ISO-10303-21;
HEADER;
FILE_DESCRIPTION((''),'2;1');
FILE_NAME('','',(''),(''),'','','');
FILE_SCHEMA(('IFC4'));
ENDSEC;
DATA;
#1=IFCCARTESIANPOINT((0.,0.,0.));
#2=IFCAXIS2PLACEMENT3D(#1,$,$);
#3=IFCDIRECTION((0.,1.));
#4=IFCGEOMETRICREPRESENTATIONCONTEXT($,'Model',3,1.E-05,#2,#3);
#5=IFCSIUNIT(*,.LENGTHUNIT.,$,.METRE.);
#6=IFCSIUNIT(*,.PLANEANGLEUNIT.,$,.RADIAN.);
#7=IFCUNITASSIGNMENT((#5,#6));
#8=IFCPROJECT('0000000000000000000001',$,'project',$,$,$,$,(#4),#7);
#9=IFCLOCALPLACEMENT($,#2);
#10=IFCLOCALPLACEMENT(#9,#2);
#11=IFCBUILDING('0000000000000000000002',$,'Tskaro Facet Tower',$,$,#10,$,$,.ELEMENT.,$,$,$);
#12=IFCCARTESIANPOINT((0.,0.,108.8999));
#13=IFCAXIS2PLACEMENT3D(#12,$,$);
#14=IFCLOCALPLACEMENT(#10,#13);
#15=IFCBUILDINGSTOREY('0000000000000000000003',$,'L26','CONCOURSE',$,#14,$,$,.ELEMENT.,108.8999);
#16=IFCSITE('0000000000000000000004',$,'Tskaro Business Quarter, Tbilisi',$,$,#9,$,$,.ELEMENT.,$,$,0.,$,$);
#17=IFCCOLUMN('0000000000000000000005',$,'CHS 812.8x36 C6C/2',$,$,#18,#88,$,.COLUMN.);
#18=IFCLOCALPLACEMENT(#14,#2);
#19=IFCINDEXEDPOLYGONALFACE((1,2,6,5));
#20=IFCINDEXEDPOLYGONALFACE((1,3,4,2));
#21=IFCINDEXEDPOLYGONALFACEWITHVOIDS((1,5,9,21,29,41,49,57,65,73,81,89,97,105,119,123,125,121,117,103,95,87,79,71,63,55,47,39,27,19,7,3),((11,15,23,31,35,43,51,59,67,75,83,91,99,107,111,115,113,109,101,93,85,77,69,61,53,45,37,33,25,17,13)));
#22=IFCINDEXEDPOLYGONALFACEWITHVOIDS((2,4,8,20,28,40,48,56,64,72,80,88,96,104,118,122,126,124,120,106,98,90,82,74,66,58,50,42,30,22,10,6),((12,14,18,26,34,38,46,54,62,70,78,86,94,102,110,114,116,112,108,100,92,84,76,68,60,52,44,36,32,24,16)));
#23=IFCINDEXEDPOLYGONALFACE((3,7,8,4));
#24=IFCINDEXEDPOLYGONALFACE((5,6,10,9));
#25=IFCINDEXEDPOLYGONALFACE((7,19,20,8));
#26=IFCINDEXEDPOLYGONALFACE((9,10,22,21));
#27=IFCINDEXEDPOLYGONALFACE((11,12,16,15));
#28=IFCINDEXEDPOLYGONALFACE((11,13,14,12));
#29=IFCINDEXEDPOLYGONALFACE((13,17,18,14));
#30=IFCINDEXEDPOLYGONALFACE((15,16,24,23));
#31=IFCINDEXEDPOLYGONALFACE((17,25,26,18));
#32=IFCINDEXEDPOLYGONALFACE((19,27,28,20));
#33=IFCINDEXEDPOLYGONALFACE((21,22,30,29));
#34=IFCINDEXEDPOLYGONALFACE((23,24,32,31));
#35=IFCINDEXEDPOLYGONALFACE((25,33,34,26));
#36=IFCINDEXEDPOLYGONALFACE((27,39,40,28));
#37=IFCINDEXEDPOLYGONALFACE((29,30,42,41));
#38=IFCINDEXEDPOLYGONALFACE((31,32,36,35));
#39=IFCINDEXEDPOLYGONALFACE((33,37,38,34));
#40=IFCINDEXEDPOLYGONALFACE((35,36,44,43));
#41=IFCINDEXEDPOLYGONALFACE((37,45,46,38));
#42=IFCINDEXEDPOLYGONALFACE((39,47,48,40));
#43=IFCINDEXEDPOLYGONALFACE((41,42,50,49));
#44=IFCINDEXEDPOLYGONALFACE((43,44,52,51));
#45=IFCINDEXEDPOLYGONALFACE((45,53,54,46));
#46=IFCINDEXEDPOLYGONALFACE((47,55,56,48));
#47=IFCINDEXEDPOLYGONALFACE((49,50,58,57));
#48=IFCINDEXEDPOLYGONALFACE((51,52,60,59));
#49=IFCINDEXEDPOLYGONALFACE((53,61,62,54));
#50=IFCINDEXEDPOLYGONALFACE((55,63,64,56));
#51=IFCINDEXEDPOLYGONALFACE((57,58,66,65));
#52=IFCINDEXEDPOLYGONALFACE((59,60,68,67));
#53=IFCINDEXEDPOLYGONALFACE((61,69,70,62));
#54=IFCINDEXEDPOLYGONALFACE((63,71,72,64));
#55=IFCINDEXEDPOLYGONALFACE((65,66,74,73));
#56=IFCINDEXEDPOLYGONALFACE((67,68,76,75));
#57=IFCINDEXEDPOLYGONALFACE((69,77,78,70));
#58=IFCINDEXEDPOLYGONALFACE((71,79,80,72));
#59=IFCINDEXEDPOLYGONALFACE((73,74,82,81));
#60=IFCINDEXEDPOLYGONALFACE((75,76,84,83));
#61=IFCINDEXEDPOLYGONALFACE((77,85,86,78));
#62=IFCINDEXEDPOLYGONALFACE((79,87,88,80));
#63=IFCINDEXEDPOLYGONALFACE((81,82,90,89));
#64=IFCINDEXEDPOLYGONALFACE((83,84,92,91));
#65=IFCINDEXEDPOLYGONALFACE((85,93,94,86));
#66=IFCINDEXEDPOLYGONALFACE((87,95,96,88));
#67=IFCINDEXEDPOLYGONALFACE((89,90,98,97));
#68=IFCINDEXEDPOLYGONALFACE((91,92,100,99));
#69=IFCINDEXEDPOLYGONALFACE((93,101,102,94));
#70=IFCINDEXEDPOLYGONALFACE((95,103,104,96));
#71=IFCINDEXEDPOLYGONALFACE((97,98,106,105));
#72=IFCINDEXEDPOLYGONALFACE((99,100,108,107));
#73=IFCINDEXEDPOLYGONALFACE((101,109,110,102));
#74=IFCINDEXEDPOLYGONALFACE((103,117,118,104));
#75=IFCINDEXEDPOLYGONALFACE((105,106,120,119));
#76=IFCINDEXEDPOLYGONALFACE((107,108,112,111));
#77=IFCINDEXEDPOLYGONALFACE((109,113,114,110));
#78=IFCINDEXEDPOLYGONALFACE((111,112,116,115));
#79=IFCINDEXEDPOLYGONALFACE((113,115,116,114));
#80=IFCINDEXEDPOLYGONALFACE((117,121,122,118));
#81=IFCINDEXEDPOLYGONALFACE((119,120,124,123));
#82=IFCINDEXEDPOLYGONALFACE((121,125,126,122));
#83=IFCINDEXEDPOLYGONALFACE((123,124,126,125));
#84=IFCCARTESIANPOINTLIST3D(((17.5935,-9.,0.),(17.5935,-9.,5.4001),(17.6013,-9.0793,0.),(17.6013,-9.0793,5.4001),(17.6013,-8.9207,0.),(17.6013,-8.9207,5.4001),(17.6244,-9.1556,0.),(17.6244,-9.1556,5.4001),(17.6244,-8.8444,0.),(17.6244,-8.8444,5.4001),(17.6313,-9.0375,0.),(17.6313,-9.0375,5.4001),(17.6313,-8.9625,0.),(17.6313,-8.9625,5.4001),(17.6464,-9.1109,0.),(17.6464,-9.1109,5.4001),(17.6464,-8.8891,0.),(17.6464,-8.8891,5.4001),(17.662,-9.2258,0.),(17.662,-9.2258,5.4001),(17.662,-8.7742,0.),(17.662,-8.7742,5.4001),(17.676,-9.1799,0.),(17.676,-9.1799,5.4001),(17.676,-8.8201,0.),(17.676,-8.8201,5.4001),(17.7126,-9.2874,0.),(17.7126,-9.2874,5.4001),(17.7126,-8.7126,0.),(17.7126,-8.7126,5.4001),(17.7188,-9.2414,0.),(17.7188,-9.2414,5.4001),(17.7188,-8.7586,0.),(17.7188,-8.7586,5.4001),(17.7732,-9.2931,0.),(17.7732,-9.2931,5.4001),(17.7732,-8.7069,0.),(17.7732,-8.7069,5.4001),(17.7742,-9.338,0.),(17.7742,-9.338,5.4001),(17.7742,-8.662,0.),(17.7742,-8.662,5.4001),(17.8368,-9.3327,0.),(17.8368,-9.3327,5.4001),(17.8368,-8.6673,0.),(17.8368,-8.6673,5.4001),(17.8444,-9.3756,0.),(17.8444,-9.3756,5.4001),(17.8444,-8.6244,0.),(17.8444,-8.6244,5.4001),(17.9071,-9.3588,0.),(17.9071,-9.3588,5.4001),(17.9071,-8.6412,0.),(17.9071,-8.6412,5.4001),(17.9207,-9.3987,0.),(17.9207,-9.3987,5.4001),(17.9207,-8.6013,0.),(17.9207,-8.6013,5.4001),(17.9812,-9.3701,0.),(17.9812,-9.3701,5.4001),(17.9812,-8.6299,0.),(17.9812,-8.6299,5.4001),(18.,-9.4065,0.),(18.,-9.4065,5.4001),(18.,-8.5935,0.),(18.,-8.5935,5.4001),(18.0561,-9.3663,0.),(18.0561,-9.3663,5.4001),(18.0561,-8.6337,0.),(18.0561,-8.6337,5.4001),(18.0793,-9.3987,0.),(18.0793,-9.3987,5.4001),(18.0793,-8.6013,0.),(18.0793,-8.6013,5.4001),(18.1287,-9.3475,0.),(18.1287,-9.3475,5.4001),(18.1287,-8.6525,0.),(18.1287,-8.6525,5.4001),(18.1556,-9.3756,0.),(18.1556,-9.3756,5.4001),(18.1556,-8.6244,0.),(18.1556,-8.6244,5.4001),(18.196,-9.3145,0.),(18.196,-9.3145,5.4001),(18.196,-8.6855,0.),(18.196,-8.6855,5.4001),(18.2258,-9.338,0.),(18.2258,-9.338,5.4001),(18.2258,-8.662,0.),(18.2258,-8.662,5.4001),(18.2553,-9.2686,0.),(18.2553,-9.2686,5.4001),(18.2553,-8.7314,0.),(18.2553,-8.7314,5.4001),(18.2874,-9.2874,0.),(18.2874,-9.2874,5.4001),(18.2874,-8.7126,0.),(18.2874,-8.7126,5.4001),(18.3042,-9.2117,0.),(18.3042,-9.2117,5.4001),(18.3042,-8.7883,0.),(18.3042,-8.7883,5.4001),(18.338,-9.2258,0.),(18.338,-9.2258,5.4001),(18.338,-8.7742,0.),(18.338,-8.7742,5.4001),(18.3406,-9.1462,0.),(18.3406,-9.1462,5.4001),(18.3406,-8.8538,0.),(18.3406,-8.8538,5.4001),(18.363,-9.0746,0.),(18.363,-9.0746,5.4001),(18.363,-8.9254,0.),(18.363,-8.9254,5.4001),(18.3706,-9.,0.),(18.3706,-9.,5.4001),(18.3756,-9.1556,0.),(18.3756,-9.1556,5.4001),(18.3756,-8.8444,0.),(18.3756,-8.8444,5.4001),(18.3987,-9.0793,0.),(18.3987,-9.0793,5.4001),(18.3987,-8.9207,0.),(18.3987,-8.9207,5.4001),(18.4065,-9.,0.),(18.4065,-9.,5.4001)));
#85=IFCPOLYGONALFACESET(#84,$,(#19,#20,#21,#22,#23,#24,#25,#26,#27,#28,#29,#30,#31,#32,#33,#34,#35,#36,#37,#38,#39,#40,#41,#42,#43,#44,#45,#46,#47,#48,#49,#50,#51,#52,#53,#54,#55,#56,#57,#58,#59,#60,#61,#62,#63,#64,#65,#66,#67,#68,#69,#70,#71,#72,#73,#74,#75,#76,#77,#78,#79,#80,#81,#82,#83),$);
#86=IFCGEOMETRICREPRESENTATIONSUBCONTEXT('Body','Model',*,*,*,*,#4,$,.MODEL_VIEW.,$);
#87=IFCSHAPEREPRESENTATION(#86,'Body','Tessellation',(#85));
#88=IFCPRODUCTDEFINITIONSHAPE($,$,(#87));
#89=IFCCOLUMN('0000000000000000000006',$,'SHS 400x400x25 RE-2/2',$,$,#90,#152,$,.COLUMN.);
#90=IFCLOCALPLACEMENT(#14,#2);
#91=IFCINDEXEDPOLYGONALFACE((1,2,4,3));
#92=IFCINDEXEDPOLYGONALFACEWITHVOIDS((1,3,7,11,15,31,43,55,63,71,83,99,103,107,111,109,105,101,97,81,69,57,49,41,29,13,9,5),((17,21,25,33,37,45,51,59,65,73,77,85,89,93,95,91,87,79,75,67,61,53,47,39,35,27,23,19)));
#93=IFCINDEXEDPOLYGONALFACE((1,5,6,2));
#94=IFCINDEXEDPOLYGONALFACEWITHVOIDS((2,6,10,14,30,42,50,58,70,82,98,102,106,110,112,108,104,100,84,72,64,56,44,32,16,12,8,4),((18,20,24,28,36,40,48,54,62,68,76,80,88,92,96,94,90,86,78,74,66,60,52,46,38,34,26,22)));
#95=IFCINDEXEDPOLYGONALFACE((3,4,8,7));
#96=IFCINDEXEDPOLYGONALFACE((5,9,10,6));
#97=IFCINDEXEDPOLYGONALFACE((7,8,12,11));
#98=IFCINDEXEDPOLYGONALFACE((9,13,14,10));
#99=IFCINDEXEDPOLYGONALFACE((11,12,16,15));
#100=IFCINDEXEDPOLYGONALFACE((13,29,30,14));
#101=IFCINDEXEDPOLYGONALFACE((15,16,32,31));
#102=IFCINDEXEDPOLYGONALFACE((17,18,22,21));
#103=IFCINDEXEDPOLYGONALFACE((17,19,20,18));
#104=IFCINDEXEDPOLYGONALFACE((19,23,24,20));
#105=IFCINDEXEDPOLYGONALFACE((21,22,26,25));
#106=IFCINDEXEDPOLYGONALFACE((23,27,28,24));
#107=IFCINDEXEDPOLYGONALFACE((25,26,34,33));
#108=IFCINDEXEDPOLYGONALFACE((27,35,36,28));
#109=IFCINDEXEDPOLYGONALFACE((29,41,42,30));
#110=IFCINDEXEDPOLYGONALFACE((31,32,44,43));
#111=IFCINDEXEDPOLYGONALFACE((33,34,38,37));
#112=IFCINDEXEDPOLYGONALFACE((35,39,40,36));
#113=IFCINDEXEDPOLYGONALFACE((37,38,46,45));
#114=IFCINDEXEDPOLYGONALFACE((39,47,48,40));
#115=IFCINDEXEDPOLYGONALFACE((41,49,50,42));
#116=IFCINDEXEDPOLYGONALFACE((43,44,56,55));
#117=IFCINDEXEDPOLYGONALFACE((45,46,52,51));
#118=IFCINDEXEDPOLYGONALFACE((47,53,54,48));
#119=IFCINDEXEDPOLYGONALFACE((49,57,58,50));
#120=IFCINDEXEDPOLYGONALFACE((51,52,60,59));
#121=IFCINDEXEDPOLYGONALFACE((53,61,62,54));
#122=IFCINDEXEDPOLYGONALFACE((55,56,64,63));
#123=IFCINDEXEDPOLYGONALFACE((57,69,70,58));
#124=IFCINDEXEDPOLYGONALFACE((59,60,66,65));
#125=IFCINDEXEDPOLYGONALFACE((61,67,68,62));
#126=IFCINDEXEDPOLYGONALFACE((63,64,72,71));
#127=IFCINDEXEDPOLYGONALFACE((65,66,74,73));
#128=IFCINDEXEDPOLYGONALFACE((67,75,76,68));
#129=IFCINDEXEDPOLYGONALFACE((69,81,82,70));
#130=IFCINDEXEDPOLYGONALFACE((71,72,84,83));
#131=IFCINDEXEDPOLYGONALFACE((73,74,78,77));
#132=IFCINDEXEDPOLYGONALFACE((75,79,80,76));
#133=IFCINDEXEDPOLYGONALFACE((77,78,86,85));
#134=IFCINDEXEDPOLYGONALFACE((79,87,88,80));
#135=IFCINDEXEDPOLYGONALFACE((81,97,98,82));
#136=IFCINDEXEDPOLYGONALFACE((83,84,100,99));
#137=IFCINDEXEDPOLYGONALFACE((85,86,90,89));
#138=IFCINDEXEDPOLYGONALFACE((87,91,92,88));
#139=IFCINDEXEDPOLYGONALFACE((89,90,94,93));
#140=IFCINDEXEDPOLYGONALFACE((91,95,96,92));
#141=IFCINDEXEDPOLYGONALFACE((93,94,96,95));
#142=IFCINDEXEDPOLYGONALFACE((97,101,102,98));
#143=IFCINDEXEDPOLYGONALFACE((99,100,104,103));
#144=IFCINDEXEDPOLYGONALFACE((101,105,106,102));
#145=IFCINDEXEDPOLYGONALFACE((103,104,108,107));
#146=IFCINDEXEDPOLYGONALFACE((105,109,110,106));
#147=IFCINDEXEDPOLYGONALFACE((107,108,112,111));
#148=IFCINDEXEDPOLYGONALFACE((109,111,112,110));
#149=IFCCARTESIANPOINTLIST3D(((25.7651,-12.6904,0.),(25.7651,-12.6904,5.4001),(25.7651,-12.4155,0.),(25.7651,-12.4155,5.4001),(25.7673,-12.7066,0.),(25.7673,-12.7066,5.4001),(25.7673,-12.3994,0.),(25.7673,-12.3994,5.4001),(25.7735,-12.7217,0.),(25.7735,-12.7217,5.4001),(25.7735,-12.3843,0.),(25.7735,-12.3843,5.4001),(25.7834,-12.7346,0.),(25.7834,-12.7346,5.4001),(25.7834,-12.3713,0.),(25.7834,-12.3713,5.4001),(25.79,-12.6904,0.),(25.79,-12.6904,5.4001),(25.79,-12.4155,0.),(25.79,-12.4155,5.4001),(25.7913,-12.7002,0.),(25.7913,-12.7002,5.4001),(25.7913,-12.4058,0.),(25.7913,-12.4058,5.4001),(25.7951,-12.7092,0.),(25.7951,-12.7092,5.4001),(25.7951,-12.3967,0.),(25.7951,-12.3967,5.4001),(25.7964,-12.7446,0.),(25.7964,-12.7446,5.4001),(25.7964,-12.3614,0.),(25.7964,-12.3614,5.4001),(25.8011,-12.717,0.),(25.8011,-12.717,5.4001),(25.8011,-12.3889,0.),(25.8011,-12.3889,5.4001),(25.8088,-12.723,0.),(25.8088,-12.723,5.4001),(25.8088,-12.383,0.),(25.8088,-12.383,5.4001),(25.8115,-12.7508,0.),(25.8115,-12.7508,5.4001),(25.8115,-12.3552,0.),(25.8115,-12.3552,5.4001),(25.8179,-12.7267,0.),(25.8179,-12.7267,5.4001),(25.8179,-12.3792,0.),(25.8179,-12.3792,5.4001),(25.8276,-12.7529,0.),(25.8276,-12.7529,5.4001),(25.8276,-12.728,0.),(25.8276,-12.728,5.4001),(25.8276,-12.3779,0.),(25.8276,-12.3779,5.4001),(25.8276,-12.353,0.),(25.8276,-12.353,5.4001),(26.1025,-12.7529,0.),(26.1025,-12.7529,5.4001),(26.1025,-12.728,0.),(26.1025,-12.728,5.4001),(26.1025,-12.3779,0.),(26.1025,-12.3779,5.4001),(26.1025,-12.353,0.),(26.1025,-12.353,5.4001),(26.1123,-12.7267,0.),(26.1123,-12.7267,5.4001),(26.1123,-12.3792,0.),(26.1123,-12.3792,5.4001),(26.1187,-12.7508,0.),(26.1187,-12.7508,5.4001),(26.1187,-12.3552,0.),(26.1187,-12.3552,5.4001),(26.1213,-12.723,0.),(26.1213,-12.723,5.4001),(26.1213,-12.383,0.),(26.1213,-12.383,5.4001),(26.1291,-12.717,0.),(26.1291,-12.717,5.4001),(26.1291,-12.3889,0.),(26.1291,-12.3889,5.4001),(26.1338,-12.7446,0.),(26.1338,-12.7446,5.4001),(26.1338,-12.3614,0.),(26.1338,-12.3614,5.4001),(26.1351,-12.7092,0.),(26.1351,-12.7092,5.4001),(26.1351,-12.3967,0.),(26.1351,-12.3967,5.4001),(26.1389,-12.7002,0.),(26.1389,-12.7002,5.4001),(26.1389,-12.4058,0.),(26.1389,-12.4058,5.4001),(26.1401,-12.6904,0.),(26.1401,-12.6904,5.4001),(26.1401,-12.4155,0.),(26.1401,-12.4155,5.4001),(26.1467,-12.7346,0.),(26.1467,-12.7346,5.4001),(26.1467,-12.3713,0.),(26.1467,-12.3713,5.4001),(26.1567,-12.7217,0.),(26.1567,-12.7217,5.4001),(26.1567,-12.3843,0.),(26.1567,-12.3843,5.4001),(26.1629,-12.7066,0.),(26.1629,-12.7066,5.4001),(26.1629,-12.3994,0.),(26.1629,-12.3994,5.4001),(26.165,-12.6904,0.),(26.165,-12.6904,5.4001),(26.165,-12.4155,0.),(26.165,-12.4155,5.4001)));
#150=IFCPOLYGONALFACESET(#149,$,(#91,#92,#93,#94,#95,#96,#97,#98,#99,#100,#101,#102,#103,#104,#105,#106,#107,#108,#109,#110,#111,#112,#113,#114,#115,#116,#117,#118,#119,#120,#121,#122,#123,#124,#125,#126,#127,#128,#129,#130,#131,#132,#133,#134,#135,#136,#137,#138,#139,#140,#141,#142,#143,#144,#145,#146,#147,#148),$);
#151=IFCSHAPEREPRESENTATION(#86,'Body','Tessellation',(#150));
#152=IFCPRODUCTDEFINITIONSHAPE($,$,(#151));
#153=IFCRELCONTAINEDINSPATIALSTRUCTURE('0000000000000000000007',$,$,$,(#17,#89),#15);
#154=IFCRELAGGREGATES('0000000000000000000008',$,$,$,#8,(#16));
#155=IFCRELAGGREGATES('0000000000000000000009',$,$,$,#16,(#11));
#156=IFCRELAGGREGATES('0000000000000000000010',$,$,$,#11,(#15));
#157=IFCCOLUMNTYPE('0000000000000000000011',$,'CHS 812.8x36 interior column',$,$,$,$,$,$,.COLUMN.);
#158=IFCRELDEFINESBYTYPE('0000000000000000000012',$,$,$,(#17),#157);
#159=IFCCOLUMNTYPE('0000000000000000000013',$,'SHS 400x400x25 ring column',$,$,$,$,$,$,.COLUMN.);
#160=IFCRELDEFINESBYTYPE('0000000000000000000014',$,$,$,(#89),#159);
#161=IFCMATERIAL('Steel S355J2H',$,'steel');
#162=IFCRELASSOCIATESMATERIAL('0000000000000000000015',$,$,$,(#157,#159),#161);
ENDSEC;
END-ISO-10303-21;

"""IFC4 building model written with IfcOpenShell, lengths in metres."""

from ifc_helpers import new_model, si_unit, direction, frame, origin, origin_2d, place, context, subcontext, project, spatial, hollow_rectangle, hollow_circle, extrude, material, material_profile, profile_set, type_object, element, save


model = new_model("IFC4")

# Units and contexts
model_context = context("Model", 3, precision=1e-05, world=origin(), true_north=direction((0.0, 1.0)))
body_context = subcontext(model_context, "Body", "Model", "MODEL_VIEW")
ifc_project = project(units=[si_unit("LENGTHUNIT", "METRE"), si_unit("PLANEANGLEUNIT", "RADIAN")], contexts=[model_context])

# Site, building, storey
site_placement = place(None, origin())
site = spatial("IfcSite", under=ifc_project, at=site_placement, Name="Tskaro Business Quarter, Tbilisi", CompositionType="ELEMENT", RefElevation=0.0)
building_placement = place(site_placement, origin())
building = spatial("IfcBuilding", under=site, at=building_placement, Name="Tskaro Facet Tower", CompositionType="ELEMENT")
storey_placement = place(building_placement, frame((0.0, 0.0, 108.8999)))
storey = spatial("IfcBuildingStorey", under=building, at=storey_placement, Name="L26", Description="CONCOURSE", CompositionType="ELEMENT", Elevation=108.8999)

# Columns
ifc_material_1 = material(Name="Steel S355J2H", Category="steel")
ifc_material_profile_1 = material_profile(ifc_material_1, hollow_circle(Radius=0.4065, WallThickness=0.0359, at=origin_2d()), Name="CHS 812.8x36")
ifc_profile_set_1 = profile_set([ifc_material_profile_1], Name="Steel S355J2H")
column_type_1 = type_object("IfcColumnType", Name="CHS 812.8x36 interior column", PredefinedType="COLUMN", material=ifc_profile_set_1)
column_placement = place(storey_placement, frame((18.0, -9.0, 0.0), z_axis=(0.0, 0.0, 1.0), x_axis=(1.0, 0.0, 0.0)))
element("IfcColumn", 1, at=column_placement, inside=storey, type_object=column_type_1, Name="CHS 812.8x36 C6C/2", PredefinedType="COLUMN", context=body_context, shape_type="SweptSolid", body=[
    extrude(hollow_circle(Radius=0.4065, WallThickness=0.0359, at=origin_2d()), origin(), (0.0, 0.0, 1.0), 5.4001),
])
ifc_material_profile_2 = material_profile(ifc_material_1, hollow_rectangle(XDim=0.3999, YDim=0.3999, WallThickness=0.0249, InnerFilletRadius=0.0376, OuterFilletRadius=0.0625, at=origin_2d()), Name="SHS 400x400x25")
ifc_profile_set_2 = profile_set([ifc_material_profile_2], Name="Steel S355J2H")
column_type_2 = type_object("IfcColumnType", Name="SHS 400x400x25 ring column", PredefinedType="COLUMN", material=ifc_profile_set_2)
for number, where, z_axis, x_axis, name in (
    (2, (25.9651, -12.553, 0.0), (0.0, 0.0, 1.0), (1.0, 0.0, 0.0), "SHS 400x400x25 RE-2/2"),
):
    element("IfcColumn", number, at=place(storey_placement, frame(where, z_axis=z_axis, x_axis=x_axis)), inside=storey, type_object=column_type_2, Name=name, PredefinedType="COLUMN", context=body_context, shape_type="SweptSolid", body=[
        extrude(hollow_rectangle(XDim=0.3999, YDim=0.3999, WallThickness=0.0249, InnerFilletRadius=0.0376, OuterFilletRadius=0.0625, at=origin_2d()), origin(), (0.0, 0.0, 1.0), 5.4001),
    ])

save(model, "model.ifc")
